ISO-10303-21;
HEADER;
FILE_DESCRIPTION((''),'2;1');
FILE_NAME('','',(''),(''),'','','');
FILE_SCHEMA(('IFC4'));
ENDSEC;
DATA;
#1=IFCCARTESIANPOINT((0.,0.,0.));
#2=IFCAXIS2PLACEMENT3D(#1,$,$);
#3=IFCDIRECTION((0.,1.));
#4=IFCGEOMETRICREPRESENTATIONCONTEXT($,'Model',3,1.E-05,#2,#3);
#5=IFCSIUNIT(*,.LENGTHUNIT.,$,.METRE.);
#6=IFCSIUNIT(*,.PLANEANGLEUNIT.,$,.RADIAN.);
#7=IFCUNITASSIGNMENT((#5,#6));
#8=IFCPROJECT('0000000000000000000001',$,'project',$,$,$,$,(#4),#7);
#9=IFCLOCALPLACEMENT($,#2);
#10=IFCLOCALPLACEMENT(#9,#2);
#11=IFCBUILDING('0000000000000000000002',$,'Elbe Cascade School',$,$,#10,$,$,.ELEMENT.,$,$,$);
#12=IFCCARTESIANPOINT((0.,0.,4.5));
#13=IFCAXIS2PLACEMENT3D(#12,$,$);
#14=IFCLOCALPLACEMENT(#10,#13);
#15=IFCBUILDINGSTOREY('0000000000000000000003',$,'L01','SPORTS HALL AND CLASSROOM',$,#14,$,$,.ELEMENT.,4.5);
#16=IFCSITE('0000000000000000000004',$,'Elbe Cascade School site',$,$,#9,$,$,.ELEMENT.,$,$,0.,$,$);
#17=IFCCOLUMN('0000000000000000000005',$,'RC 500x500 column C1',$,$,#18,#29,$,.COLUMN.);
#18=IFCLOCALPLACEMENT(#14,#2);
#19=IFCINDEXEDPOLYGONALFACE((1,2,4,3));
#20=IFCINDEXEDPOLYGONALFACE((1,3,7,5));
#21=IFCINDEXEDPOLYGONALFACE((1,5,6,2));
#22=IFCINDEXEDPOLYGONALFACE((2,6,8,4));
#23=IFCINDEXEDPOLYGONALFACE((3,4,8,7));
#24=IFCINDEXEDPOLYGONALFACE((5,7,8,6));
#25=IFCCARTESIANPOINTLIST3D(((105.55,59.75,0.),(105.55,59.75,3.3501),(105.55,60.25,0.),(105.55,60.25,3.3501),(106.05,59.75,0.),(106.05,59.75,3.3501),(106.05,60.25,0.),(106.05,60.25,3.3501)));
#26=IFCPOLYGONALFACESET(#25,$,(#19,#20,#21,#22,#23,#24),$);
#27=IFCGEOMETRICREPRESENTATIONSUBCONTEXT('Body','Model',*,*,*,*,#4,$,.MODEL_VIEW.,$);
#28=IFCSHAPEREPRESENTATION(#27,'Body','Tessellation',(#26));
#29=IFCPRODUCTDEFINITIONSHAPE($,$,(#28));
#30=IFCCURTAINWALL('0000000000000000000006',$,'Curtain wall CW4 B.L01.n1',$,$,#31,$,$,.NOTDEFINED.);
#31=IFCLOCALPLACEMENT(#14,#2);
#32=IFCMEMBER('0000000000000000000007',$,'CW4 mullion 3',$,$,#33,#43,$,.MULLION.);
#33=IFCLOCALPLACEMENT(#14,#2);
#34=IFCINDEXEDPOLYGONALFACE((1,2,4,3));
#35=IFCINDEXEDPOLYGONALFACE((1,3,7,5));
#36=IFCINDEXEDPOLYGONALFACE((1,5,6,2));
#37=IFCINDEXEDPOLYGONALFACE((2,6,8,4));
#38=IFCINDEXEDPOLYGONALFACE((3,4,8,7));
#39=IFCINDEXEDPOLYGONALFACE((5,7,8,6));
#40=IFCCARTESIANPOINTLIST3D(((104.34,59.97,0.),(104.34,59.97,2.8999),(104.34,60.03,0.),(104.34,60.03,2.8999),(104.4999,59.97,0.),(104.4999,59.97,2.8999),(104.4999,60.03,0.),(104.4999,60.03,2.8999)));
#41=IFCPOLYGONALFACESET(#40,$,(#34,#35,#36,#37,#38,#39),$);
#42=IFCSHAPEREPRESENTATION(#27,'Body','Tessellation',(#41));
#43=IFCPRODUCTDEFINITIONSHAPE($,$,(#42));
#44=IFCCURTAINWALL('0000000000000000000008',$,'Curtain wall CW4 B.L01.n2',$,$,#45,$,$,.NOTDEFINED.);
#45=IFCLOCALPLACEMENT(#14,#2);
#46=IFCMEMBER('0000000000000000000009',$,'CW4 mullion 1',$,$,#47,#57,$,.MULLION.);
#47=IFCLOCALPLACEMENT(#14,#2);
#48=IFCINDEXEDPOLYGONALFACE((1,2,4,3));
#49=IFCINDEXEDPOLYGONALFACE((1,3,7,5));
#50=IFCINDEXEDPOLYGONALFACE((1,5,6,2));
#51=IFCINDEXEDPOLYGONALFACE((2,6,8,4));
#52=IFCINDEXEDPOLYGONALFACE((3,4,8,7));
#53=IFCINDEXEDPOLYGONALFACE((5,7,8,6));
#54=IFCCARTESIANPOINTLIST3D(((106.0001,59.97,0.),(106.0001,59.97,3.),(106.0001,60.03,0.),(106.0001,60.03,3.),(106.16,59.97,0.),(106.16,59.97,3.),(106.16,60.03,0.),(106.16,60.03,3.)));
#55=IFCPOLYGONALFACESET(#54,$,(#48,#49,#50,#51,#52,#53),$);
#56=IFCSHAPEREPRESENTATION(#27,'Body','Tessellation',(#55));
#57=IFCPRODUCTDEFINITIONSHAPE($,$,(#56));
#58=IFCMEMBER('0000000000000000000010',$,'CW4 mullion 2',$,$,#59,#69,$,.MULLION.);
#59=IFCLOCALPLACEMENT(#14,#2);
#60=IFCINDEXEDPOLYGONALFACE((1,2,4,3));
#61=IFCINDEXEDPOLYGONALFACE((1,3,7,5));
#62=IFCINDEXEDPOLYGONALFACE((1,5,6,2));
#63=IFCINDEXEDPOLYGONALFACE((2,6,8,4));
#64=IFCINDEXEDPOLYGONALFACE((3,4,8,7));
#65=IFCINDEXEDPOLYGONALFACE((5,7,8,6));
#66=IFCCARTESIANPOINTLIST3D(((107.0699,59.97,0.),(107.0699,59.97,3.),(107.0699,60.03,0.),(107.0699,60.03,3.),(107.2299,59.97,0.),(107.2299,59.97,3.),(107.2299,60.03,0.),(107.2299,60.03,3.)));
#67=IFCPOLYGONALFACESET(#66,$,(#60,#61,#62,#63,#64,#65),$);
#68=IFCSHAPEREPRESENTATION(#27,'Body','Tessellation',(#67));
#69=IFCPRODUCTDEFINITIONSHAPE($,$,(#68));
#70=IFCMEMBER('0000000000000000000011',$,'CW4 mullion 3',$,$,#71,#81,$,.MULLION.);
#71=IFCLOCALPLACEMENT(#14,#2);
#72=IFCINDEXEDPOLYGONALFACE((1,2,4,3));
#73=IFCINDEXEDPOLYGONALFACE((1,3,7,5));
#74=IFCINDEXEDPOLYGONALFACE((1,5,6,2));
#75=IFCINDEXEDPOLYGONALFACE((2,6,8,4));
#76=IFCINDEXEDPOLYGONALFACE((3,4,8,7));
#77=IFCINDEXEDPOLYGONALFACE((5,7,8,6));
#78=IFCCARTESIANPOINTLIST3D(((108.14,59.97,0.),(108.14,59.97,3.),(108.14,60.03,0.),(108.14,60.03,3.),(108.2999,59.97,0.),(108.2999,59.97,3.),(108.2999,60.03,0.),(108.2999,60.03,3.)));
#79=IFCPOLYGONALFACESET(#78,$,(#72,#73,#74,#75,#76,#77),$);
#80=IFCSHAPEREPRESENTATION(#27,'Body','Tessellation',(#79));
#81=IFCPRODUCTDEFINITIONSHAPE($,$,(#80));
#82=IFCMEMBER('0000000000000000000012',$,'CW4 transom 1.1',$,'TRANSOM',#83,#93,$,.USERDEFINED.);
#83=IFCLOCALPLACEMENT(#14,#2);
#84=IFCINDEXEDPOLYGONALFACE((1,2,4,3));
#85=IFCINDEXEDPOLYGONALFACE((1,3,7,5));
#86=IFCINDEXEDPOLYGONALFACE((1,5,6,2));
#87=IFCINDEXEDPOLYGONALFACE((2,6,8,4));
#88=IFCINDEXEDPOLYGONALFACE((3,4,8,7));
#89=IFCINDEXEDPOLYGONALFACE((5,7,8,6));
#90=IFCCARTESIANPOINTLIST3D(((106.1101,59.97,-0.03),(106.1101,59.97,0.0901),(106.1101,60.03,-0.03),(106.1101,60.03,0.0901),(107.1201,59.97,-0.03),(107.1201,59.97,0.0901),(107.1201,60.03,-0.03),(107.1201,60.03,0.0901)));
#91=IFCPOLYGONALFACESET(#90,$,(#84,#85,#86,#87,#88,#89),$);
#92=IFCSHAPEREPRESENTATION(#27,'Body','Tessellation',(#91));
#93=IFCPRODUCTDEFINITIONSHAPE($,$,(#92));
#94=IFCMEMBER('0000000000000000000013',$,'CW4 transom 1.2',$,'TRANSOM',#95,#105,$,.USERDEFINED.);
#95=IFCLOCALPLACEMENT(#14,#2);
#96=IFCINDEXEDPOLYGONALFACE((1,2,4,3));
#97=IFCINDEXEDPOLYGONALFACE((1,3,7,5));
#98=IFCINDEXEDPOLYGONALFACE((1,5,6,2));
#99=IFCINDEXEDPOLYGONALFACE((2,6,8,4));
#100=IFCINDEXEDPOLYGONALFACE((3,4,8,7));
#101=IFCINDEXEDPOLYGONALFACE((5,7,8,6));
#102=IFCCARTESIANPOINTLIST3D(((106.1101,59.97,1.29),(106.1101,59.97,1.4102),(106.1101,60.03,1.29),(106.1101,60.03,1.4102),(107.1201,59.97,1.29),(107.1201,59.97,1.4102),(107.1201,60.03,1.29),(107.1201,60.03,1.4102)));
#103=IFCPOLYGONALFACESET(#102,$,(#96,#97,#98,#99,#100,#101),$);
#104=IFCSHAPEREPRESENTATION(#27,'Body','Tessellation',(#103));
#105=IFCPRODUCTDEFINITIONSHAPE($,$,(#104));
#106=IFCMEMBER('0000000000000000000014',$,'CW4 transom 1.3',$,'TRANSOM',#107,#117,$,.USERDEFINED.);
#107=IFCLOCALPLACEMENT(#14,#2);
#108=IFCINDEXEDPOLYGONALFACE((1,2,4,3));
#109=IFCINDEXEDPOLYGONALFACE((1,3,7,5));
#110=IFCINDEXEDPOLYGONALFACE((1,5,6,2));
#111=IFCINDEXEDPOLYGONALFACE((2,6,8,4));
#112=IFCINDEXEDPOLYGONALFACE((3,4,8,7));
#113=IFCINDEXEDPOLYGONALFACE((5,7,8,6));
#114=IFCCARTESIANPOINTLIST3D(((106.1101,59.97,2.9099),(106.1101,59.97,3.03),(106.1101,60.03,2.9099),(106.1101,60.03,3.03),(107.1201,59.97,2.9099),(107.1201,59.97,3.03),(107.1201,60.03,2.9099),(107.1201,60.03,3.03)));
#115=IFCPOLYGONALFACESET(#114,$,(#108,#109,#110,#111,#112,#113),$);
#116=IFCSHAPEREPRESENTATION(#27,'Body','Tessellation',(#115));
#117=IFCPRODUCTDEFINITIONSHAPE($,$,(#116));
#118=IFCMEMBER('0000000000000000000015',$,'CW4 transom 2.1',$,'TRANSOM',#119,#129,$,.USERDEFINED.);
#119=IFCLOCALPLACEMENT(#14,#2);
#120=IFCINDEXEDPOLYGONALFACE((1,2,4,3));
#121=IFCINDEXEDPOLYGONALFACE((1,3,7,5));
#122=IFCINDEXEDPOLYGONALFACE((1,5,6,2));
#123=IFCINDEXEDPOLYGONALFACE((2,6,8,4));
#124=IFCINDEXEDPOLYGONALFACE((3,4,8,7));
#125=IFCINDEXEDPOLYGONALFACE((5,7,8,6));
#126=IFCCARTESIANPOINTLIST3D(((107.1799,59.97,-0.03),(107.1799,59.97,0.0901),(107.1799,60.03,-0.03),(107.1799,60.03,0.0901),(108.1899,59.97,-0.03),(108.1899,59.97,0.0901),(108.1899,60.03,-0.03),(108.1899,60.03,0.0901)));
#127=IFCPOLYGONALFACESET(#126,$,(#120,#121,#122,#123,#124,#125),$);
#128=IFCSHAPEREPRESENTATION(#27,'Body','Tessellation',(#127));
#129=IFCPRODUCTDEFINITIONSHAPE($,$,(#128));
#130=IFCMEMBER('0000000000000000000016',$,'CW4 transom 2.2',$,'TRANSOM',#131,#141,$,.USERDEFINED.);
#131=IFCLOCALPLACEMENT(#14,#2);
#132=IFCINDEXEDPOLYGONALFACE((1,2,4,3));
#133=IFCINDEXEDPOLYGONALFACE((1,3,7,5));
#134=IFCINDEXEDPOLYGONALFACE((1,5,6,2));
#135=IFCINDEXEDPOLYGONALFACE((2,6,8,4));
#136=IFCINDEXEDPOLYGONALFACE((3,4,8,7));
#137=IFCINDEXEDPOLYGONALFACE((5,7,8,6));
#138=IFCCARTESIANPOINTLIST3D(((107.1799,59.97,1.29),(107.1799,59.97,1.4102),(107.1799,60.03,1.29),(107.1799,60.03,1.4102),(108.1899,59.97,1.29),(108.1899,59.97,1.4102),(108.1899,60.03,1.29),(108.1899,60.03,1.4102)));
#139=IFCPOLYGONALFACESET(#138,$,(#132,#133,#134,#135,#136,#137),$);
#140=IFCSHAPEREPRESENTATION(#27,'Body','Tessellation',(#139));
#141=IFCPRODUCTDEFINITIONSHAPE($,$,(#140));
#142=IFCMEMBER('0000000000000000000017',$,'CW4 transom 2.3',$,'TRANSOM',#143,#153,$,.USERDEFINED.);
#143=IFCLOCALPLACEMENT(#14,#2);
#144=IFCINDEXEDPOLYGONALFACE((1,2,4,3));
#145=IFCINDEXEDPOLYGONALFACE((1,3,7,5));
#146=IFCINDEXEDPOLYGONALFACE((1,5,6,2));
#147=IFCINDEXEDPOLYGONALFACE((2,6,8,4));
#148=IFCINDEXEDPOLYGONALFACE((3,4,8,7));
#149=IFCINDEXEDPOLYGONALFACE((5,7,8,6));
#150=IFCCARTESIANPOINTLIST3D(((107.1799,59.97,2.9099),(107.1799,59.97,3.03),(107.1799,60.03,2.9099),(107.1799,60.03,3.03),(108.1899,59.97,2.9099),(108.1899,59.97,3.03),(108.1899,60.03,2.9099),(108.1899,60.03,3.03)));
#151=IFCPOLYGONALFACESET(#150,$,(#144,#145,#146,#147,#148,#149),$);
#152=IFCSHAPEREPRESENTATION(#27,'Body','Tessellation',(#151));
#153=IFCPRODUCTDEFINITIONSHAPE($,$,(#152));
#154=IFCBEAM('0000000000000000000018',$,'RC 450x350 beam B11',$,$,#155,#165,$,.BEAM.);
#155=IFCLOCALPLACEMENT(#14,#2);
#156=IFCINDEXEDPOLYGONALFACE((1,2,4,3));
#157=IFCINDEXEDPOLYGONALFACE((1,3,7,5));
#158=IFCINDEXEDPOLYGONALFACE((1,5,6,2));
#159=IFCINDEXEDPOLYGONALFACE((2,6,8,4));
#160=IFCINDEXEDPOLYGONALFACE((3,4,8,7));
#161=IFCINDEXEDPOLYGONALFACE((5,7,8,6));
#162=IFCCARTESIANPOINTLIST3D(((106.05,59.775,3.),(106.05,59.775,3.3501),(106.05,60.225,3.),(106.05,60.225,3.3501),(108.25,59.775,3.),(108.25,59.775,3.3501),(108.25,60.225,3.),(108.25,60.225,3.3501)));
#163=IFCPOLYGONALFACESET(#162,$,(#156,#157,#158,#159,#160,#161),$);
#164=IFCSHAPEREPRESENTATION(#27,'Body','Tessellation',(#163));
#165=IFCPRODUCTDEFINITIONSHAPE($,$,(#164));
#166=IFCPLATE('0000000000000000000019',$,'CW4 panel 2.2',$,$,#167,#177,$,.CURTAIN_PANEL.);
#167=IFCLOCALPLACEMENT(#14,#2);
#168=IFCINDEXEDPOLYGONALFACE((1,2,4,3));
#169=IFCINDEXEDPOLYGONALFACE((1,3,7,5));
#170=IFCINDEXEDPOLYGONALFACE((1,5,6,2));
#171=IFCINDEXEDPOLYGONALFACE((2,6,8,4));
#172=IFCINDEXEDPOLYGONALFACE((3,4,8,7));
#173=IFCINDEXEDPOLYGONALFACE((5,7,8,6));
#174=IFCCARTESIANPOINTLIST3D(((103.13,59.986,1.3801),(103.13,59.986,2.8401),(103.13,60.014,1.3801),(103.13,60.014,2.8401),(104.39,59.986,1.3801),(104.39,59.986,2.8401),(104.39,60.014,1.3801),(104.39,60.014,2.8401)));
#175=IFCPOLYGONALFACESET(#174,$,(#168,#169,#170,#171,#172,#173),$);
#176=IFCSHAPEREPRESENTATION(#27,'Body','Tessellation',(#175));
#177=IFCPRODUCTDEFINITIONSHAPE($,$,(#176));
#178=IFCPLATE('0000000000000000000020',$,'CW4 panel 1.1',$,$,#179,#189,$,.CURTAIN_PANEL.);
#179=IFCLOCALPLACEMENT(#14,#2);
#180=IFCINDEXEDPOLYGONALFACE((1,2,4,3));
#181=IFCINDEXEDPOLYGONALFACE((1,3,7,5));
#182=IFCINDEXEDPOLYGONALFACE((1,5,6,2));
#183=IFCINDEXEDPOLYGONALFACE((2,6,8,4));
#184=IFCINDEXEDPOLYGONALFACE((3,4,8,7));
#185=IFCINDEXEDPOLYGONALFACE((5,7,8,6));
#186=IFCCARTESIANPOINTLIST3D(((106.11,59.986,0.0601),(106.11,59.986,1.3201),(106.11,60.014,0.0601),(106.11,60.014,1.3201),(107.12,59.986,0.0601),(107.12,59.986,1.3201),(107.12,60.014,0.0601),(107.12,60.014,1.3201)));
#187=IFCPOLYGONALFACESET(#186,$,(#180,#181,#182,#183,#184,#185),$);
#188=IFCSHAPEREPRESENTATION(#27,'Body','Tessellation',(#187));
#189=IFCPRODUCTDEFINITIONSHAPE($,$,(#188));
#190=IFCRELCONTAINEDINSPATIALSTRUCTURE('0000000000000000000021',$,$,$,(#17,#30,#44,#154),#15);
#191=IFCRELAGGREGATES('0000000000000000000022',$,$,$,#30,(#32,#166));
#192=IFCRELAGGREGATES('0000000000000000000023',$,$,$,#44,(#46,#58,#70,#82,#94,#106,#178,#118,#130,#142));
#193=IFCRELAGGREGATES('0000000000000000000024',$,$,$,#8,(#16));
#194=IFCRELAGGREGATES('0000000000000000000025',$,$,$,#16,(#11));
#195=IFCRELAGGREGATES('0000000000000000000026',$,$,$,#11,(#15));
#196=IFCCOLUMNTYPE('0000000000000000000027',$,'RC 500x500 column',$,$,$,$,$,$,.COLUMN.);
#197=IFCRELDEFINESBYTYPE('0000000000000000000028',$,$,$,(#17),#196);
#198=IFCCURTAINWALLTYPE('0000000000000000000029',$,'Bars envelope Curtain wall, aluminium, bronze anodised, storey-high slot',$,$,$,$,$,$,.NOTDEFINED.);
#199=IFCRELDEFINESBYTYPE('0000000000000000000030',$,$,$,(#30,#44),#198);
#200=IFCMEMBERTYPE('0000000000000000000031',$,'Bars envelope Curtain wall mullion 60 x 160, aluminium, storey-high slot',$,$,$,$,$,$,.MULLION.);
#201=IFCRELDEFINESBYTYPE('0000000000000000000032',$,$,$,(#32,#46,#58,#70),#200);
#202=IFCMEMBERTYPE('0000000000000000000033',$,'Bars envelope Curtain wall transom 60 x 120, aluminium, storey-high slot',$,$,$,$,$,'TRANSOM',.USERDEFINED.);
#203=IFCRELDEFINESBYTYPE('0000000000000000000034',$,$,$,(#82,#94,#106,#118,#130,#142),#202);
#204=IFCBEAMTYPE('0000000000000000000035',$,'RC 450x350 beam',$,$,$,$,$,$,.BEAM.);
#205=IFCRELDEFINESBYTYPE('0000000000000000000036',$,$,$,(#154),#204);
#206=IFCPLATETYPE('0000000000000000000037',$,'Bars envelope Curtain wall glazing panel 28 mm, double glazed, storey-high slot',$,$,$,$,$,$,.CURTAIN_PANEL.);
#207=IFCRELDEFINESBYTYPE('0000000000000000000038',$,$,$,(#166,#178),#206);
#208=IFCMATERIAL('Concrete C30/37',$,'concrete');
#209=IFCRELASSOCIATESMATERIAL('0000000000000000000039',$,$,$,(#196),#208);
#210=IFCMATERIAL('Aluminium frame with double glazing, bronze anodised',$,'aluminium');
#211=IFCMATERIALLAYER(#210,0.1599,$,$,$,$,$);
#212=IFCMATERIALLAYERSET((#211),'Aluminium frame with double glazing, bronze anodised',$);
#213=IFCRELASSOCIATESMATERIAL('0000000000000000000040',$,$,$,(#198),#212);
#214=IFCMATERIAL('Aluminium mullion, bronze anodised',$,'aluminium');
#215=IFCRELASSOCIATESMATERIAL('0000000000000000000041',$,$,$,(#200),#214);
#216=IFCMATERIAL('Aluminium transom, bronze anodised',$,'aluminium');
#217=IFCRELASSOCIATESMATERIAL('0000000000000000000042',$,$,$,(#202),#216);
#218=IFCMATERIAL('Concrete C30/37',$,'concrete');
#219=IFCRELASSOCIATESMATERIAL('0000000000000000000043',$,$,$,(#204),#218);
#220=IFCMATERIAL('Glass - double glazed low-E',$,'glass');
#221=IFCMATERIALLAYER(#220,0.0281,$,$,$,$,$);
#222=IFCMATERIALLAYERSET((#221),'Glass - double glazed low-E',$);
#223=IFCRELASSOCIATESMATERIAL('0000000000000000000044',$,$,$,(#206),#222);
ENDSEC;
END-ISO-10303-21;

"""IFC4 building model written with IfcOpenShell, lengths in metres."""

from ifc_helpers import new_model, si_unit, direction, frame, origin, origin_2d, place, context, subcontext, project, spatial, rectangle, extrude, material, layer, layer_set, material_profile, profile_set, type_object, element, aggregate, save


model = new_model("IFC4")

# Units and contexts
model_context = context("Model", 3, precision=1e-05, world=origin(), true_north=direction((0.0, 1.0)))
body_context = subcontext(model_context, "Body", "Model", "MODEL_VIEW")
ifc_project = project(units=[si_unit("LENGTHUNIT", "METRE"), si_unit("PLANEANGLEUNIT", "RADIAN")], contexts=[model_context])

# Site, building, storey
site_placement = place(None, origin())
site = spatial("IfcSite", under=ifc_project, at=site_placement, Name="Elbe Cascade School site", CompositionType="ELEMENT", RefElevation=0.0)
building_placement = place(site_placement, origin())
building = spatial("IfcBuilding", under=site, at=building_placement, Name="Elbe Cascade School", CompositionType="ELEMENT")
storey_placement = place(building_placement, frame((0.0, 0.0, 4.5)))
storey = spatial("IfcBuildingStorey", under=building, at=storey_placement, Name="L01", Description="SPORTS HALL AND CLASSROOM", CompositionType="ELEMENT", Elevation=4.5)

# Column
ifc_material_1 = material(Name="Concrete C30/37", Category="concrete")
ifc_material_profile_1 = material_profile(ifc_material_1, rectangle(XDim=0.5, YDim=0.5, at=origin_2d()), Name="RC 500x500")
ifc_profile_set_1 = profile_set([ifc_material_profile_1], Name="Concrete C30/37")
column_type = type_object("IfcColumnType", Name="RC 500x500 column", PredefinedType="COLUMN", material=ifc_profile_set_1)
column_placement = place(storey_placement, frame((105.8, 60.0, 0.0), z_axis=(0.0, 0.0, 1.0), x_axis=(1.0, 0.0, 0.0)))
element("IfcColumn", 1, at=column_placement, inside=storey, type_object=column_type, Name="RC 500x500 column C1", PredefinedType="COLUMN", context=body_context, shape_type="SweptSolid", body=[
    extrude(rectangle(XDim=0.5, YDim=0.5, at=origin_2d()), origin(), (0.0, 0.0, 1.0), 3.3501),
])

# Curtain wall, member
ifc_material_2 = material(Name="Aluminium frame with double glazing, bronze anodised", Category="aluminium")
ifc_layer_1 = layer(ifc_material_2, 0.1599)
ifc_layer_set_1 = layer_set([ifc_layer_1], Name="Aluminium frame with double glazing, bronze anodised")
curtain_wall_type = type_object("IfcCurtainWallType", Name="Bars envelope Curtain wall, aluminium, bronze anodised, storey-high slot", PredefinedType="NOTDEFINED", material=ifc_layer_set_1)
curtain_wall_1_placement = place(storey_placement, origin())
curtain_wall_1 = element("IfcCurtainWall", 2, at=curtain_wall_1_placement, inside=storey, type_object=curtain_wall_type, Name="Curtain wall CW4 B.L01.n1", PredefinedType="NOTDEFINED")
ifc_material_3 = material(Name="Aluminium mullion, bronze anodised", Category="aluminium")
ifc_material_profile_2 = material_profile(ifc_material_3, rectangle(XDim=0.0601, YDim=0.1599, at=origin_2d()), Name="Bars envelope Curtain wall mullion 60 x 160, aluminium, storey-high slot")
ifc_profile_set_2 = profile_set([ifc_material_profile_2], Name="Aluminium mullion, bronze anodised")
member_type_1 = type_object("IfcMemberType", Name="Bars envelope Curtain wall mullion 60 x 160, aluminium, storey-high slot", PredefinedType="MULLION", material=ifc_profile_set_2)
member_1_placement = place(storey_placement, frame((104.4199, 60.0, 0.0), z_axis=(0.0, 0.0, 1.0), x_axis=(0.0, 1.0, 0.0)))
member_1 = element("IfcMember", 3, at=member_1_placement, type_object=member_type_1, Name="CW4 mullion 3", PredefinedType="MULLION", context=body_context, shape_type="SweptSolid", body=[
    extrude(rectangle(XDim=0.0601, YDim=0.1599, at=origin_2d()), origin(), (0.0, 0.0, 1.0), 2.8999),
])

# Curtain wall, members
curtain_wall_2_placement = place(storey_placement, origin())
curtain_wall_2 = element("IfcCurtainWall", 4, at=curtain_wall_2_placement, inside=storey, type_object=curtain_wall_type, Name="Curtain wall CW4 B.L01.n2", PredefinedType="NOTDEFINED")
member_2_placement = place(storey_placement, frame((106.0801, 60.0, 0.0), z_axis=(0.0, 0.0, 1.0), x_axis=(0.0, 1.0, 0.0)))
member_2 = element("IfcMember", 5, at=member_2_placement, type_object=member_type_1, Name="CW4 mullion 1", PredefinedType="MULLION", context=body_context, shape_type="SweptSolid", body=[
    extrude(rectangle(XDim=0.0601, YDim=0.1599, at=origin_2d()), origin(), (0.0, 0.0, 1.0), 3.0),
])
member_3_placement = place(storey_placement, frame((107.1499, 60.0, 0.0), z_axis=(0.0, 0.0, 1.0), x_axis=(0.0, 1.0, 0.0)))
member_3 = element("IfcMember", 6, at=member_3_placement, type_object=member_type_1, Name="CW4 mullion 2", PredefinedType="MULLION", context=body_context, shape_type="SweptSolid", body=[
    extrude(rectangle(XDim=0.0601, YDim=0.1599, at=origin_2d()), origin(), (0.0, 0.0, 1.0), 3.0),
])
member_4_placement = place(storey_placement, frame((108.22, 60.0, 0.0), z_axis=(0.0, 0.0, 1.0), x_axis=(0.0, 1.0, 0.0)))
member_4 = element("IfcMember", 7, at=member_4_placement, type_object=member_type_1, Name="CW4 mullion 3", PredefinedType="MULLION", context=body_context, shape_type="SweptSolid", body=[
    extrude(rectangle(XDim=0.0601, YDim=0.1599, at=origin_2d()), origin(), (0.0, 0.0, 1.0), 3.0),
])
ifc_material_4 = material(Name="Aluminium transom, bronze anodised", Category="aluminium")
ifc_material_profile_3 = material_profile(ifc_material_4, rectangle(XDim=0.0601, YDim=0.1201, at=origin_2d()), Name="Bars envelope Curtain wall transom 60 x 120, aluminium, storey-high slot")
ifc_profile_set_3 = profile_set([ifc_material_profile_3], Name="Aluminium transom, bronze anodised")
member_type_2 = type_object("IfcMemberType", Name="Bars envelope Curtain wall transom 60 x 120, aluminium, storey-high slot", ElementType="TRANSOM", PredefinedType="USERDEFINED", material=ifc_profile_set_3)
member_5_placement = place(storey_placement, frame((106.1101, 60.0, 0.03), z_axis=(1.0, 0.0, 0.0), x_axis=(0.0, 1.0, 0.0)))
member_5 = element("IfcMember", 8, at=member_5_placement, type_object=member_type_2, Name="CW4 transom 1.1", ObjectType="TRANSOM", PredefinedType="USERDEFINED", context=body_context, shape_type="SweptSolid", body=[
    extrude(rectangle(XDim=0.0601, YDim=0.1201, at=origin_2d()), origin(), (0.0, 0.0, 1.0), 1.01),
])
member_6_placement = place(storey_placement, frame((106.1101, 60.0, 1.3501), z_axis=(1.0, 0.0, 0.0), x_axis=(0.0, 1.0, 0.0)))
member_6 = element("IfcMember", 9, at=member_6_placement, type_object=member_type_2, Name="CW4 transom 1.2", ObjectType="TRANSOM", PredefinedType="USERDEFINED", context=body_context, shape_type="SweptSolid", body=[
    extrude(rectangle(XDim=0.0601, YDim=0.1201, at=origin_2d()), origin(), (0.0, 0.0, 1.0), 1.01),
])
member_7_placement = place(storey_placement, frame((106.1101, 60.0, 2.97), z_axis=(1.0, 0.0, 0.0), x_axis=(0.0, 1.0, 0.0)))
member_7 = element("IfcMember", 10, at=member_7_placement, type_object=member_type_2, Name="CW4 transom 1.3", ObjectType="TRANSOM", PredefinedType="USERDEFINED", context=body_context, shape_type="SweptSolid", body=[
    extrude(rectangle(XDim=0.0601, YDim=0.1201, at=origin_2d()), origin(), (0.0, 0.0, 1.0), 1.01),
])
member_8_placement = place(storey_placement, frame((107.1799, 60.0, 0.03), z_axis=(1.0, 0.0, 0.0), x_axis=(0.0, 1.0, 0.0)))
member_8 = element("IfcMember", 11, at=member_8_placement, type_object=member_type_2, Name="CW4 transom 2.1", ObjectType="TRANSOM", PredefinedType="USERDEFINED", context=body_context, shape_type="SweptSolid", body=[
    extrude(rectangle(XDim=0.0601, YDim=0.1201, at=origin_2d()), origin(), (0.0, 0.0, 1.0), 1.01),
])
member_9_placement = place(storey_placement, frame((107.1799, 60.0, 1.3501), z_axis=(1.0, 0.0, 0.0), x_axis=(0.0, 1.0, 0.0)))
member_9 = element("IfcMember", 12, at=member_9_placement, type_object=member_type_2, Name="CW4 transom 2.2", ObjectType="TRANSOM", PredefinedType="USERDEFINED", context=body_context, shape_type="SweptSolid", body=[
    extrude(rectangle(XDim=0.0601, YDim=0.1201, at=origin_2d()), origin(), (0.0, 0.0, 1.0), 1.01),
])
member_10_placement = place(storey_placement, frame((107.1799, 60.0, 2.97), z_axis=(1.0, 0.0, 0.0), x_axis=(0.0, 1.0, 0.0)))
member_10 = element("IfcMember", 13, at=member_10_placement, type_object=member_type_2, Name="CW4 transom 2.3", ObjectType="TRANSOM", PredefinedType="USERDEFINED", context=body_context, shape_type="SweptSolid", body=[
    extrude(rectangle(XDim=0.0601, YDim=0.1201, at=origin_2d()), origin(), (0.0, 0.0, 1.0), 1.01),
])

# Beam
ifc_material_5 = material(Name="Concrete C30/37", Category="concrete")
ifc_material_profile_4 = material_profile(ifc_material_5, rectangle(XDim=0.45, YDim=0.3501, at=origin_2d()), Name="RC 450x350")
ifc_profile_set_4 = profile_set([ifc_material_profile_4], Name="Concrete C30/37")
beam_type = type_object("IfcBeamType", Name="RC 450x350 beam", PredefinedType="BEAM", material=ifc_profile_set_4)
beam_placement = place(storey_placement, frame((106.05, 60.0, 3.175), z_axis=(1.0, 0.0, 0.0), x_axis=(0.0, 1.0, 0.0)))
element("IfcBeam", 14, at=beam_placement, inside=storey, type_object=beam_type, Name="RC 450x350 beam B11", PredefinedType="BEAM", context=body_context, shape_type="SweptSolid", body=[
    extrude(rectangle(XDim=0.45, YDim=0.3501, at=origin_2d()), origin(), (0.0, 0.0, 1.0), 2.2),
])

# Plates
ifc_material_6 = material(Name="Glass - double glazed low-E", Category="glass")
ifc_layer_2 = layer(ifc_material_6, 0.0281)
ifc_layer_set_2 = layer_set([ifc_layer_2], Name="Glass - double glazed low-E")
plate_type = type_object("IfcPlateType", Name="Bars envelope Curtain wall glazing panel 28 mm, double glazed, storey-high slot", PredefinedType="CURTAIN_PANEL", material=ifc_layer_set_2)
plate_1_placement = place(storey_placement, frame((103.76, 60.0, 1.3801), z_axis=(0.0, 0.0, 1.0), x_axis=(1.0, 0.0, 0.0)))
plate_1 = element("IfcPlate", 15, at=plate_1_placement, type_object=plate_type, Name="CW4 panel 2.2", PredefinedType="CURTAIN_PANEL", context=body_context, shape_type="SweptSolid", body=[
    extrude(rectangle(XDim=1.26, YDim=0.0281, at=origin_2d()), origin(), (0.0, 0.0, 1.0), 1.46),
])
aggregate(curtain_wall_1, [member_1, plate_1])
plate_2_placement = place(storey_placement, frame((106.615, 60.0, 0.0601), z_axis=(0.0, 0.0, 1.0), x_axis=(1.0, 0.0, 0.0)))
plate_2 = element("IfcPlate", 16, at=plate_2_placement, type_object=plate_type, Name="CW4 panel 1.1", PredefinedType="CURTAIN_PANEL", context=body_context, shape_type="SweptSolid", body=[
    extrude(rectangle(XDim=1.01, YDim=0.0281, at=origin_2d()), origin(), (0.0, 0.0, 1.0), 1.26),
])
aggregate(curtain_wall_2, [member_2, member_3, member_4, member_5, member_6, member_7, plate_2, member_8, member_9, member_10])

save(model, "model.ifc")
